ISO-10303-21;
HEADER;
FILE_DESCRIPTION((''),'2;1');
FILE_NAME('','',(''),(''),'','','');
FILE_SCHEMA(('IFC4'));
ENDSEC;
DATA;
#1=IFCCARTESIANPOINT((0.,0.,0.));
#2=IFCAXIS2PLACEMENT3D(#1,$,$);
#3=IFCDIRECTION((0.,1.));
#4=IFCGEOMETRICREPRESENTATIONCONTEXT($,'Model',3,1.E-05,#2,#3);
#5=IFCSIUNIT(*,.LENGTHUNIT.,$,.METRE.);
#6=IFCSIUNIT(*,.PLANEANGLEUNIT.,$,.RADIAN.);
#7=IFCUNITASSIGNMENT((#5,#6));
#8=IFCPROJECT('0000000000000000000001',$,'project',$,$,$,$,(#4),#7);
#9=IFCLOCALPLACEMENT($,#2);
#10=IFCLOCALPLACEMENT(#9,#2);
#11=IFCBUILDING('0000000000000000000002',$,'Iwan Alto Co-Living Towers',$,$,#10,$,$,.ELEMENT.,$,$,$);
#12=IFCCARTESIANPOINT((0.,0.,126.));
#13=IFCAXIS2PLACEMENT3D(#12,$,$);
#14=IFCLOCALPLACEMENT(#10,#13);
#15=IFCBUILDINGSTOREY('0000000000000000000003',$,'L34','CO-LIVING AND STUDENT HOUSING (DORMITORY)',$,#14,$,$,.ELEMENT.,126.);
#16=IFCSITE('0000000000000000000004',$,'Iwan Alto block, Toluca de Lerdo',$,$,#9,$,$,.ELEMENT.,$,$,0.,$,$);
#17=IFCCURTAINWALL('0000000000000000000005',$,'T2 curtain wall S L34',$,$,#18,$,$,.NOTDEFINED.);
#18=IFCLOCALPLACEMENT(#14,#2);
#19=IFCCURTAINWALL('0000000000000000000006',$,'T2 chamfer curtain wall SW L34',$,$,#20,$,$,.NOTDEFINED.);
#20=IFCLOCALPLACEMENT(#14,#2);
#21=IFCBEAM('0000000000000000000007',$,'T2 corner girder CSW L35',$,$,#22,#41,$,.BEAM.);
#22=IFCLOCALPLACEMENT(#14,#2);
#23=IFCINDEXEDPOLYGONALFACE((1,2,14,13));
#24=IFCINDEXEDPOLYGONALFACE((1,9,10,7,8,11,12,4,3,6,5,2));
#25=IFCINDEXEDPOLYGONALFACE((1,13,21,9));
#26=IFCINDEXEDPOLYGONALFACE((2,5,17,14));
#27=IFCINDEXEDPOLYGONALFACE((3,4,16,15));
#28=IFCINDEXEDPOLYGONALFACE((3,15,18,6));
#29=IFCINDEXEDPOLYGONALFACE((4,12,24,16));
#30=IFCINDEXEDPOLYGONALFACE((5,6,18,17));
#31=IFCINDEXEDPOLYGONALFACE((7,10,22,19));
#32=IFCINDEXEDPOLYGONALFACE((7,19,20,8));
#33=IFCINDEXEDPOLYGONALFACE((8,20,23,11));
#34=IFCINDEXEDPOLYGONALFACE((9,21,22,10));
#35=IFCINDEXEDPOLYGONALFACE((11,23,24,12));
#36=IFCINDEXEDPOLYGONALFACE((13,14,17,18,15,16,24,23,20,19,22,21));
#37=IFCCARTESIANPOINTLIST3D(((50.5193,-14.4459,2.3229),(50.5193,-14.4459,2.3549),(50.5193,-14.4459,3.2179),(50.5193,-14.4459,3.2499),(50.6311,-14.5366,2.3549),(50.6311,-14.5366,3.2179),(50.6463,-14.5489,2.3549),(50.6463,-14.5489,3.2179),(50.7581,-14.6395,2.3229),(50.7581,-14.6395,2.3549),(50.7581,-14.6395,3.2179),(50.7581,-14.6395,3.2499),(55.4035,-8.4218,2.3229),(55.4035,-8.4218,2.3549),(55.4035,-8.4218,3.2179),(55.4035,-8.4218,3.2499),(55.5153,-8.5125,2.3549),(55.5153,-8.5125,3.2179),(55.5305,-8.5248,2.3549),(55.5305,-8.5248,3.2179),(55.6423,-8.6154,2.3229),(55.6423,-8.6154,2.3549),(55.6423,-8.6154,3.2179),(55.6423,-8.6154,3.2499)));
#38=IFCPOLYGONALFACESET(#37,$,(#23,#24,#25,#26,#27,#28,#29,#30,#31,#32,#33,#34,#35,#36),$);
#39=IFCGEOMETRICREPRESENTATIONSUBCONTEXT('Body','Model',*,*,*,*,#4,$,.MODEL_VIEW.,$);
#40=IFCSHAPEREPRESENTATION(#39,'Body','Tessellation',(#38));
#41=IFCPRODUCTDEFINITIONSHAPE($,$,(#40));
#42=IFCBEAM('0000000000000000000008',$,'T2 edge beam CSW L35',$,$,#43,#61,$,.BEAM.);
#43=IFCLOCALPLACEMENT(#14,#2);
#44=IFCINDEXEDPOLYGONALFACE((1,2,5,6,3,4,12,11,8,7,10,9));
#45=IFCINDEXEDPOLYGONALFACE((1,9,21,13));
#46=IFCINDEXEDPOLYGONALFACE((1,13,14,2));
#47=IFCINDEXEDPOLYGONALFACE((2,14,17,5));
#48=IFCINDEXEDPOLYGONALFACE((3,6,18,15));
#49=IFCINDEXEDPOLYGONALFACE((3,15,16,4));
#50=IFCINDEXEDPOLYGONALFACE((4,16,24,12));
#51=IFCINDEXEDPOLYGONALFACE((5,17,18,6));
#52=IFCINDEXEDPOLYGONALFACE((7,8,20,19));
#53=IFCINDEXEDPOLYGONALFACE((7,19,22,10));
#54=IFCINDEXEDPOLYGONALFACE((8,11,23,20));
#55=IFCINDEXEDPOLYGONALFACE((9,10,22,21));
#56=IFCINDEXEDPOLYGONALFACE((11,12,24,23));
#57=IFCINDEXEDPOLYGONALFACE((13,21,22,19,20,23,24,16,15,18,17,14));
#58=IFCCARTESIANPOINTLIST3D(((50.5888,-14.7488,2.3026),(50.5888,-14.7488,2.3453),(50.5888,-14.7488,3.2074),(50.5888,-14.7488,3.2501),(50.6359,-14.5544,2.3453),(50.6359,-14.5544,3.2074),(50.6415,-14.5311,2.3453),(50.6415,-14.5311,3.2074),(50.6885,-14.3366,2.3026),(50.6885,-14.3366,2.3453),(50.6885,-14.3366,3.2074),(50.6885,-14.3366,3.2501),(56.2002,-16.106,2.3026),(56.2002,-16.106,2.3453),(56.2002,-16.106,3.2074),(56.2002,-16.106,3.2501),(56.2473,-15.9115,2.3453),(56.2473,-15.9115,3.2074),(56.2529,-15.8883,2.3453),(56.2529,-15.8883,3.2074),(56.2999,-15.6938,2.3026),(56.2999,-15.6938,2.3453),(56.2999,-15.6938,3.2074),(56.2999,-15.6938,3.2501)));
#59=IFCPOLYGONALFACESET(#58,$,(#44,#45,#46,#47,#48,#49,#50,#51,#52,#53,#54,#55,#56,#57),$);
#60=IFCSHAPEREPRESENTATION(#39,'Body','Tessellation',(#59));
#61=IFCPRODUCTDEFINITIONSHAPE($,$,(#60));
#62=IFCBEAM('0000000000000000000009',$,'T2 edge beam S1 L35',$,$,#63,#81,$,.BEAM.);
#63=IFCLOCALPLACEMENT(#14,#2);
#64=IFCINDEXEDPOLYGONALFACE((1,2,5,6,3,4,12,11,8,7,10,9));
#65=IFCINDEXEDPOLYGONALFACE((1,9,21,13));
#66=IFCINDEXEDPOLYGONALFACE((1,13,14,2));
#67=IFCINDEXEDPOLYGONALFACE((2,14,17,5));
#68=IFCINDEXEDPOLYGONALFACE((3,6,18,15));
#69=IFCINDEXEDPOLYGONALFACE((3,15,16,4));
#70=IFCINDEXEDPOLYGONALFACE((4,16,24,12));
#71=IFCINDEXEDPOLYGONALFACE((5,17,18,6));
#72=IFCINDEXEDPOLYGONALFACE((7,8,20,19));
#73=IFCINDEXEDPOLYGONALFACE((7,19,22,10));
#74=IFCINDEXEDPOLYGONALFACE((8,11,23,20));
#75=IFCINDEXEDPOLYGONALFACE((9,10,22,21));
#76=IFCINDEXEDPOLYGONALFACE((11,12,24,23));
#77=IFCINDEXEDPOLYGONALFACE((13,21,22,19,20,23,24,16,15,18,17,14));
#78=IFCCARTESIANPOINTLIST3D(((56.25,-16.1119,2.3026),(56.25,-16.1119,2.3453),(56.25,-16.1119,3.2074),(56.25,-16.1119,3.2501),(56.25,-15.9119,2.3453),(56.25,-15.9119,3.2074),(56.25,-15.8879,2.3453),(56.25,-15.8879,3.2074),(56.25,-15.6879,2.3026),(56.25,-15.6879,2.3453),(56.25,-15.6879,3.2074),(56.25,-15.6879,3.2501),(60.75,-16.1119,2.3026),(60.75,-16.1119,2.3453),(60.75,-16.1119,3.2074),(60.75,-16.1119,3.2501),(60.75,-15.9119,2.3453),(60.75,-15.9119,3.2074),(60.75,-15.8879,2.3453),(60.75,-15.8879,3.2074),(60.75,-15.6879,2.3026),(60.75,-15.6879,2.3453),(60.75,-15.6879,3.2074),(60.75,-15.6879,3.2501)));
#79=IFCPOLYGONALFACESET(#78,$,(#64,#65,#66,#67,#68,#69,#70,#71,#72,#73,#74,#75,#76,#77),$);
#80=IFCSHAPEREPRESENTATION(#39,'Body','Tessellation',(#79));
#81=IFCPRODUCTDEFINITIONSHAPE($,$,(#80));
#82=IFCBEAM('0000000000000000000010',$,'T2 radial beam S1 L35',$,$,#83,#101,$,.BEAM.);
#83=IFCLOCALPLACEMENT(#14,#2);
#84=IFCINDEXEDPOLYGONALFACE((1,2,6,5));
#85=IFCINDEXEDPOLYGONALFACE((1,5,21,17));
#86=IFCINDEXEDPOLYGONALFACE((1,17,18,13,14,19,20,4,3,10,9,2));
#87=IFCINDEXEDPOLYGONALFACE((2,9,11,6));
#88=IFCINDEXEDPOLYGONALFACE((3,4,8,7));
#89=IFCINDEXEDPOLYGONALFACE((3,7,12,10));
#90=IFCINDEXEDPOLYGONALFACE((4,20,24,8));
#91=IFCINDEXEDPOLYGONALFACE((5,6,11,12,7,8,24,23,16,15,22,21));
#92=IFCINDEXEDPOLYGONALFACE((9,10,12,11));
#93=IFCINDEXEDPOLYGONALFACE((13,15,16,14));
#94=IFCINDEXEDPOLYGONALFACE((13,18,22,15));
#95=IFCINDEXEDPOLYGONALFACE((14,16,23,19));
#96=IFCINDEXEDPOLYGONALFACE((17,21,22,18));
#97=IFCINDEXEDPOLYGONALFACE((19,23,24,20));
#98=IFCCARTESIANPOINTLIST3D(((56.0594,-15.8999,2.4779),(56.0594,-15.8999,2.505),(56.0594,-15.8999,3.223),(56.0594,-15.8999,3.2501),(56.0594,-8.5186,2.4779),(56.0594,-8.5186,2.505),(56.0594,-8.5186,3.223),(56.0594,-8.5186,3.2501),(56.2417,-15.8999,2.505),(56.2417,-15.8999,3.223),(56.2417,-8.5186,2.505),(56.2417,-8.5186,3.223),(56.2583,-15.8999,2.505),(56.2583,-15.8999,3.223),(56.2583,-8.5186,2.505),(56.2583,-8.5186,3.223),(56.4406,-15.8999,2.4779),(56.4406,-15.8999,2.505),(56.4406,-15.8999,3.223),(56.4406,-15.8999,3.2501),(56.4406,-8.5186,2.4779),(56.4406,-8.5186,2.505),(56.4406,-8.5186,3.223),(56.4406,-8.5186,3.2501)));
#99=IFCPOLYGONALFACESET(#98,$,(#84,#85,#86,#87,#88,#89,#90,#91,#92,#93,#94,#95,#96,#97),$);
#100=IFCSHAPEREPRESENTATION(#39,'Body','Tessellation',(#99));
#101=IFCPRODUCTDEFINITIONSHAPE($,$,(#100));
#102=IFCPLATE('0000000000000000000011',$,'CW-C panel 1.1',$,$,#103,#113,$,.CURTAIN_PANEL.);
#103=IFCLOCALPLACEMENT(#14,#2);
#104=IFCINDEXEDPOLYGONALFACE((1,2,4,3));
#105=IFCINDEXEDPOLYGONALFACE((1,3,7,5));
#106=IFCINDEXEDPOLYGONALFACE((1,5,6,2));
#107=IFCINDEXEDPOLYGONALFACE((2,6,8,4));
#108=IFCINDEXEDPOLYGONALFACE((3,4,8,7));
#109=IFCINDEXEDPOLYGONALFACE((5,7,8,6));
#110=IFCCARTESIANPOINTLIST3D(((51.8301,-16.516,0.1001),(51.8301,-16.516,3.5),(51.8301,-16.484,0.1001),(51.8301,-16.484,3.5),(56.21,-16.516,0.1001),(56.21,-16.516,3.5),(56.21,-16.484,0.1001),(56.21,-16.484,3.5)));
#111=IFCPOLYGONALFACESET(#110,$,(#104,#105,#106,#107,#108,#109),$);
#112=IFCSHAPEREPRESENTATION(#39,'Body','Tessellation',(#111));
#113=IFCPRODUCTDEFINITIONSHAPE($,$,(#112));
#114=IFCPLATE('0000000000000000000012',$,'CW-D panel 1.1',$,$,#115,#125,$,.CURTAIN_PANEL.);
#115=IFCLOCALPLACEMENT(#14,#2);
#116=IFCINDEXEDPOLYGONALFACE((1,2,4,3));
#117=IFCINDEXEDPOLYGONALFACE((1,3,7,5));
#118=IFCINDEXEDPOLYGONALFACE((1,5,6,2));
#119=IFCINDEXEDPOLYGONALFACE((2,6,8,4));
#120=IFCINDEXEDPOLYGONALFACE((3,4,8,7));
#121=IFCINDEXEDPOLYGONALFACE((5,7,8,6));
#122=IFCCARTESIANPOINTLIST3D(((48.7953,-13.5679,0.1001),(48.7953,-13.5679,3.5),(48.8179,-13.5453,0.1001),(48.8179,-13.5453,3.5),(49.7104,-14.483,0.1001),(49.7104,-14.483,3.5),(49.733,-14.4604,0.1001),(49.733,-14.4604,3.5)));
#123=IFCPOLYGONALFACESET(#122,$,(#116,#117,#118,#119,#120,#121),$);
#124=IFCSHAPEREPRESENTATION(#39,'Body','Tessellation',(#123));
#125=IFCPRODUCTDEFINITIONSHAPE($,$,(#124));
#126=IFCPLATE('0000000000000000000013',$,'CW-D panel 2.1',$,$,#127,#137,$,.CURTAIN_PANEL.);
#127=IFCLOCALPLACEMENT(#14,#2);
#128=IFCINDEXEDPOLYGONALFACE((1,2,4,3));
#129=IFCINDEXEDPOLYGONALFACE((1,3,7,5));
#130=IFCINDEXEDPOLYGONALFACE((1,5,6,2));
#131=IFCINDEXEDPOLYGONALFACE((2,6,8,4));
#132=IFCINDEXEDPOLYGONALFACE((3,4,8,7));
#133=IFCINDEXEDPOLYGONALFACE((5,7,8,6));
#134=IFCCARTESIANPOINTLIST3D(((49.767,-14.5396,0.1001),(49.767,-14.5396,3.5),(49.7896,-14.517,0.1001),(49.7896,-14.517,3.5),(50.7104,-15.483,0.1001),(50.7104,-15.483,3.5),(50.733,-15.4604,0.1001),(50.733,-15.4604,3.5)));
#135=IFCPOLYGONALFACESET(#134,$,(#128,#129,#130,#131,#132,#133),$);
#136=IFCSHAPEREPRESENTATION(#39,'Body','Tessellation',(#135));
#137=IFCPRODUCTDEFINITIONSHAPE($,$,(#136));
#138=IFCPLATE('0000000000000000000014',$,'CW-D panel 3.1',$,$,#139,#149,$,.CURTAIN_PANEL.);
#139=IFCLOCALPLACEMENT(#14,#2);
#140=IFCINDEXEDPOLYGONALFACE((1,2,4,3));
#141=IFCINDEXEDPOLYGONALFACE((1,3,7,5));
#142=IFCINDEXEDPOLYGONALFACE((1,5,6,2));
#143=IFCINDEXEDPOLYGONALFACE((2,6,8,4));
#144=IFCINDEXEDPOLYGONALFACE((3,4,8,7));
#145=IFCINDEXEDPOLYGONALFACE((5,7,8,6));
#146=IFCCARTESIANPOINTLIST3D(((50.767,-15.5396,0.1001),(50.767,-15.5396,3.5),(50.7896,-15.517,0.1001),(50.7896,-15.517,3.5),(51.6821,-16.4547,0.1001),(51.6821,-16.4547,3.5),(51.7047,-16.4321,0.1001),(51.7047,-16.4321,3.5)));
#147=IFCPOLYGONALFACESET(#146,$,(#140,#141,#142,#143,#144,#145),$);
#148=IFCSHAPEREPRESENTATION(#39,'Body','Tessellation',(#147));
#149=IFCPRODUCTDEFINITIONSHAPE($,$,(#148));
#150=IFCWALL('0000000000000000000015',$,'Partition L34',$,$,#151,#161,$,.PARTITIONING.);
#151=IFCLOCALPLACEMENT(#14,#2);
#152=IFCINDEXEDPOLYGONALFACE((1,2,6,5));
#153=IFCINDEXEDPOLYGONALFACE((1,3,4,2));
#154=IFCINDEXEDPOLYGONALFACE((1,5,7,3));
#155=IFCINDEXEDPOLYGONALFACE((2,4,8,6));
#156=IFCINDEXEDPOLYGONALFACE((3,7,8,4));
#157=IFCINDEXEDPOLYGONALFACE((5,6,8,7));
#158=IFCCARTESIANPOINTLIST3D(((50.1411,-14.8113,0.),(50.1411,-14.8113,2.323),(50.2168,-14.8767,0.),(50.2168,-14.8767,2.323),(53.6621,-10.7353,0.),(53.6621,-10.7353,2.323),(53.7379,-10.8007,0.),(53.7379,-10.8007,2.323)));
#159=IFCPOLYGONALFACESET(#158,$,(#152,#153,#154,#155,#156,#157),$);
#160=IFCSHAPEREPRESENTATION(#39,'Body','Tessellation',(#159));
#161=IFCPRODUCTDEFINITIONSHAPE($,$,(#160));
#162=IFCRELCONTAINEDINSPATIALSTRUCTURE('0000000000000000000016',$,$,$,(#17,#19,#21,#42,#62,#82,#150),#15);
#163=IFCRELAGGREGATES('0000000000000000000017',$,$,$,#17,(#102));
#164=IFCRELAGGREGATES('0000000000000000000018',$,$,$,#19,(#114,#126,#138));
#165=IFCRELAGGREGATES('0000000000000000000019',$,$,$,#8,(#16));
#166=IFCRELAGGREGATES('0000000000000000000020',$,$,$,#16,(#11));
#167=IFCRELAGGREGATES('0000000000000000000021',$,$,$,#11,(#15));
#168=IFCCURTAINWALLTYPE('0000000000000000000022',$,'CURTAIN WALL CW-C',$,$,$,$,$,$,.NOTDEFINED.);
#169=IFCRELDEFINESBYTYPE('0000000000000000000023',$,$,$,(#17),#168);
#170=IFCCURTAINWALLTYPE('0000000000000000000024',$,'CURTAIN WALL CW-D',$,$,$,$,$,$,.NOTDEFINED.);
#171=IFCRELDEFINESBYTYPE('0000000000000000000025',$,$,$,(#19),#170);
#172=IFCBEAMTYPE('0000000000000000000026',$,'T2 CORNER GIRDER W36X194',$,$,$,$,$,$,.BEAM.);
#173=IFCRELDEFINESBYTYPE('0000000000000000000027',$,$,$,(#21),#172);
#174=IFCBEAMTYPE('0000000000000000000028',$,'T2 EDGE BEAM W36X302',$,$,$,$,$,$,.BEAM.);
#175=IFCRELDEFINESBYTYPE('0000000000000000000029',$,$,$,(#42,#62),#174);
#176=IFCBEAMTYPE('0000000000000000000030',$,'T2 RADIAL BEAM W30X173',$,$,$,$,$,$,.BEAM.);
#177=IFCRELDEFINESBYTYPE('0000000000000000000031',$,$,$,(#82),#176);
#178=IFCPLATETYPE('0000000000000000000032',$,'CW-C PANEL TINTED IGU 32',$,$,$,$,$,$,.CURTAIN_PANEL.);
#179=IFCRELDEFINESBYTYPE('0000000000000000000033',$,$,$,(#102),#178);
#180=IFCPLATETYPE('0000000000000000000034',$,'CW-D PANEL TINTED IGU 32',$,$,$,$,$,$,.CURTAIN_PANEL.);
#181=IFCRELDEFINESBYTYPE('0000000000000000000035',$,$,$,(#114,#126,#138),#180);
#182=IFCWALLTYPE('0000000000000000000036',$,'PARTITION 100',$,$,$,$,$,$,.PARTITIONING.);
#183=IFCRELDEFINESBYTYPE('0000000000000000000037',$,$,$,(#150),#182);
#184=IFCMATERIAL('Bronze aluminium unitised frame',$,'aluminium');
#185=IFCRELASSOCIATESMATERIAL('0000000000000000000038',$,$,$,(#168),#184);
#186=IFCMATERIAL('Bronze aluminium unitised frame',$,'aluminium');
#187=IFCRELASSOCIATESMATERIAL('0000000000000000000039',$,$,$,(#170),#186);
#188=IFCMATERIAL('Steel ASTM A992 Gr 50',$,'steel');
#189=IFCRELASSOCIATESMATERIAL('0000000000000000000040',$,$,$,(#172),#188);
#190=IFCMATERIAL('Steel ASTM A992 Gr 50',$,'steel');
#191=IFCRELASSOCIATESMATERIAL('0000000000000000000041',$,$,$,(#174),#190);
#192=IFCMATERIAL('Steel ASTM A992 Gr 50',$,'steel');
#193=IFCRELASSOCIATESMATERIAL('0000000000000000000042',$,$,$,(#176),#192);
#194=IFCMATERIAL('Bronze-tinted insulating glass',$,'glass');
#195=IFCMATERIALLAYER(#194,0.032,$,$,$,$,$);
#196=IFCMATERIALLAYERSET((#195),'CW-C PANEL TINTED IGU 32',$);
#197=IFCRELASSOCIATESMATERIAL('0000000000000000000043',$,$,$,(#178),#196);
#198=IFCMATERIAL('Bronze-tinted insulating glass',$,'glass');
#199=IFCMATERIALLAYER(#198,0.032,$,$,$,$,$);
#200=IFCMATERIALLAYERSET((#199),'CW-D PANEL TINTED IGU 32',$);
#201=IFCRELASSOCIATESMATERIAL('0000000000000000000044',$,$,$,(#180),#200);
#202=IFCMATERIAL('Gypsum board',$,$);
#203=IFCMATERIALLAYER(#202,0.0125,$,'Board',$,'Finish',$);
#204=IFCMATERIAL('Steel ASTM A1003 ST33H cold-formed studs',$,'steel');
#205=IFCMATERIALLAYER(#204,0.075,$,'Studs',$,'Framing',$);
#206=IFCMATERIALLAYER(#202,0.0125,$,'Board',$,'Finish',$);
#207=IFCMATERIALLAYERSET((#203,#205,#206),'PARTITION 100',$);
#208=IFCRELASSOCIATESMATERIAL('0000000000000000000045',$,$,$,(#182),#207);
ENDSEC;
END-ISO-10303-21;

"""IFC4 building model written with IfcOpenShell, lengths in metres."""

from ifc_helpers import new_model, si_unit, direction, frame, frame_2d, origin, origin_2d, place, context, subcontext, project, spatial, rectangle, i_section, extrude, material, layer, layer_set, material_profile, profile_set, type_object, element, aggregate, save


model = new_model("IFC4")

# Units and contexts
model_context = context("Model", 3, precision=1e-05, world=origin(), true_north=direction((0.0, 1.0)))
body_context = subcontext(model_context, "Body", "Model", "MODEL_VIEW")
ifc_project = project(units=[si_unit("LENGTHUNIT", "METRE"), si_unit("PLANEANGLEUNIT", "RADIAN")], contexts=[model_context])

# Site, building, storey
site_placement = place(None, origin())
site = spatial("IfcSite", under=ifc_project, at=site_placement, Name="Iwan Alto block, Toluca de Lerdo", CompositionType="ELEMENT", RefElevation=0.0)
building_placement = place(site_placement, origin())
building = spatial("IfcBuilding", under=site, at=building_placement, Name="Iwan Alto Co-Living Towers", CompositionType="ELEMENT")
storey_placement = place(building_placement, frame((0.0, 0.0, 126.0)))
storey = spatial("IfcBuildingStorey", under=building, at=storey_placement, Name="L34", Description="CO-LIVING AND STUDENT HOUSING (DORMITORY)", CompositionType="ELEMENT", Elevation=126.0)

# Curtain walls
ifc_material_1 = material(Name="Bronze aluminium unitised frame", Category="aluminium")
curtain_wall_type_1 = type_object("IfcCurtainWallType", Name="CURTAIN WALL CW-C", PredefinedType="NOTDEFINED", material=ifc_material_1)
curtain_wall_1_placement = place(storey_placement, origin())
curtain_wall_1 = element("IfcCurtainWall", 1, at=curtain_wall_1_placement, inside=storey, type_object=curtain_wall_type_1, Name="T2 curtain wall S L34", PredefinedType="NOTDEFINED")
ifc_material_2 = material(Name="Bronze aluminium unitised frame", Category="aluminium")
curtain_wall_type_2 = type_object("IfcCurtainWallType", Name="CURTAIN WALL CW-D", PredefinedType="NOTDEFINED", material=ifc_material_2)
curtain_wall_2_placement = place(storey_placement, origin())
curtain_wall_2 = element("IfcCurtainWall", 2, at=curtain_wall_2_placement, inside=storey, type_object=curtain_wall_type_2, Name="T2 chamfer curtain wall SW L34", PredefinedType="NOTDEFINED")

# Beams
ifc_material_3 = material(Name="Steel ASTM A992 Gr 50", Category="steel")
ifc_material_profile_1 = material_profile(ifc_material_3, i_section(OverallWidth=0.3074, OverallDepth=0.927, WebThickness=0.0195, FlangeThickness=0.032, at=origin_2d()), Name="W36X194")
ifc_profile_set_1 = profile_set([ifc_material_profile_1], Name="Steel ASTM A992 Gr 50")
beam_type_1 = type_object("IfcBeamType", Name="T2 CORNER GIRDER W36X194", PredefinedType="BEAM", material=ifc_profile_set_1)
beam_1_placement = place(storey_placement, frame((50.6387, -14.5427, 2.7864), z_axis=(0.629788, 0.776767, 0.0), x_axis=(-0.776767, 0.629788, 0.0)))
element("IfcBeam", 3, at=beam_1_placement, inside=storey, type_object=beam_type_1, Name="T2 corner girder CSW L35", PredefinedType="BEAM", context=body_context, shape_type="SweptSolid", body=[
    extrude(i_section(OverallWidth=0.3074, OverallDepth=0.927, WebThickness=0.0195, FlangeThickness=0.032, at=origin_2d()), origin(), (0.0, 0.0, 1.0), 7.7554),
])
ifc_material_4 = material(Name="Steel ASTM A992 Gr 50", Category="steel")
ifc_material_profile_2 = material_profile(ifc_material_4, i_section(OverallWidth=0.4241, OverallDepth=0.9475, WebThickness=0.0239, FlangeThickness=0.0427, at=origin_2d()), Name="W36X302")
ifc_profile_set_2 = profile_set([ifc_material_profile_2], Name="Steel ASTM A992 Gr 50")
beam_type_2 = type_object("IfcBeamType", Name="T2 EDGE BEAM W36X302", PredefinedType="BEAM", material=ifc_profile_set_2)
beam_2_placement = place(storey_placement, frame((50.6387, -14.5427, 2.7764), z_axis=(0.971975, -0.235086, 0.0), x_axis=(0.235086, 0.971975, 0.0)))
element("IfcBeam", 4, at=beam_2_placement, inside=storey, type_object=beam_type_2, Name="T2 edge beam CSW L35", PredefinedType="BEAM", context=body_context, shape_type="SweptSolid", body=[
    extrude(i_section(OverallWidth=0.4241, OverallDepth=0.9475, WebThickness=0.0239, FlangeThickness=0.0427, at=origin_2d()), origin(), (0.0, 0.0, 1.0), 5.7732),
])
beam_3_placement = place(storey_placement, frame((56.25, -15.8999, 2.7764), z_axis=(1.0, 0.0, 0.0), x_axis=(0.0, 1.0, 0.0)))
element("IfcBeam", 5, at=beam_3_placement, inside=storey, type_object=beam_type_2, Name="T2 edge beam S1 L35", PredefinedType="BEAM", context=body_context, shape_type="SweptSolid", body=[
    extrude(i_section(OverallWidth=0.4241, OverallDepth=0.9475, WebThickness=0.0239, FlangeThickness=0.0427, at=origin_2d()), origin(), (0.0, 0.0, 1.0), 4.5),
])
ifc_material_5 = material(Name="Steel ASTM A992 Gr 50", Category="steel")
ifc_material_profile_3 = material_profile(ifc_material_5, i_section(OverallWidth=0.3811, OverallDepth=0.7722, WebThickness=0.0166, FlangeThickness=0.0271, at=origin_2d()), Name="W30X173")
ifc_profile_set_3 = profile_set([ifc_material_profile_3], Name="Steel ASTM A992 Gr 50")
beam_type_3 = type_object("IfcBeamType", Name="T2 RADIAL BEAM W30X173", PredefinedType="BEAM", material=ifc_profile_set_3)
beam_4_placement = place(storey_placement, frame((56.25, -15.8999, 2.864), z_axis=(0.0, 1.0, 0.0), x_axis=(-1.0, 0.0, 0.0)))
element("IfcBeam", 6, at=beam_4_placement, inside=storey, type_object=beam_type_3, Name="T2 radial beam S1 L35", PredefinedType="BEAM", context=body_context, shape_type="SweptSolid", body=[
    extrude(i_section(OverallWidth=0.3811, OverallDepth=0.7722, WebThickness=0.0166, FlangeThickness=0.0271, at=origin_2d()), origin(), (0.0, 0.0, 1.0), 7.3813),
])

# Plates
ifc_material_6 = material(Name="Bronze-tinted insulating glass", Category="glass")
ifc_layer_1 = layer(ifc_material_6, 0.032)
ifc_layer_set_1 = layer_set([ifc_layer_1], Name="CW-C PANEL TINTED IGU 32")
plate_type_1 = type_object("IfcPlateType", Name="CW-C PANEL TINTED IGU 32", PredefinedType="CURTAIN_PANEL", material=ifc_layer_set_1)
plate_1_placement = place(storey_placement, frame((54.02, -16.5, 0.1001), z_axis=(0.0, 0.0, 1.0), x_axis=(1.0, 0.0, 0.0)))
plate_1 = element("IfcPlate", 7, at=plate_1_placement, type_object=plate_type_1, Name="CW-C panel 1.1", PredefinedType="CURTAIN_PANEL", context=body_context, shape_type="SweptSolid", body=[
    extrude(rectangle(XDim=4.3799, YDim=0.032, at=origin_2d()), origin(), (0.0, 0.0, 1.0), 3.3999),
])
aggregate(curtain_wall_1, [plate_1])
ifc_material_7 = material(Name="Bronze-tinted insulating glass", Category="glass")
ifc_layer_2 = layer(ifc_material_7, 0.032)
ifc_layer_set_2 = layer_set([ifc_layer_2], Name="CW-D PANEL TINTED IGU 32")
plate_type_2 = type_object("IfcPlateType", Name="CW-D PANEL TINTED IGU 32", PredefinedType="CURTAIN_PANEL", material=ifc_layer_set_2)
plate_2_placement = place(storey_placement, frame((49.2642, -14.0142, 0.1001), z_axis=(0.0, 0.0, 1.0), x_axis=(0.707107, -0.707107, 0.0)))
plate_2 = element("IfcPlate", 8, at=plate_2_placement, type_object=plate_type_2, Name="CW-D panel 1.1", PredefinedType="CURTAIN_PANEL", context=body_context, shape_type="SweptSolid", body=[
    extrude(rectangle(XDim=1.2942, YDim=0.032, at=origin_2d()), origin(), (0.0, 0.0, 1.0), 3.3999),
])
plate_3_placement = place(storey_placement, frame((50.25, -15.0, 0.1001), z_axis=(0.0, 0.0, 1.0), x_axis=(0.707107, -0.707107, 0.0)))
plate_3 = element("IfcPlate", 9, at=plate_3_placement, type_object=plate_type_2, Name="CW-D panel 2.1", PredefinedType="CURTAIN_PANEL", context=body_context, shape_type="SweptSolid", body=[
    extrude(rectangle(XDim=1.3342, YDim=0.032, at=origin_2d()), origin(), (0.0, 0.0, 1.0), 3.3999),
])
plate_4_placement = place(storey_placement, frame((51.2358, -15.9858, 0.1001), z_axis=(0.0, 0.0, 1.0), x_axis=(0.707107, -0.707107, 0.0)))
plate_4 = element("IfcPlate", 10, at=plate_4_placement, type_object=plate_type_2, Name="CW-D panel 3.1", PredefinedType="CURTAIN_PANEL", context=body_context, shape_type="SweptSolid", body=[
    extrude(rectangle(XDim=1.2942, YDim=0.032, at=origin_2d()), origin(), (0.0, 0.0, 1.0), 3.3999),
])
aggregate(curtain_wall_2, [plate_2, plate_3, plate_4])

# Wall
ifc_material_8 = material(Name="Gypsum board")
ifc_layer_3 = layer(ifc_material_8, 0.0125, Name="Board", Category="Finish")
ifc_material_9 = material(Name="Steel ASTM A1003 ST33H cold-formed studs", Category="steel")
ifc_layer_4 = layer(ifc_material_9, 0.075, Name="Studs", Category="Framing")
ifc_layer_5 = layer(ifc_material_8, 0.0125, Name="Board", Category="Finish")
ifc_layer_set_3 = layer_set([ifc_layer_3, ifc_layer_4, ifc_layer_5], Name="PARTITION 100")
wall_type = type_object("IfcWallType", Name="PARTITION 100", PredefinedType="PARTITIONING", material=ifc_layer_set_3)
wall_placement = place(storey_placement, frame((50.179, -14.844, 0.0), z_axis=(0.0, 0.0, 1.0), x_axis=(0.653713, 0.756742, 0.0)))
element("IfcWall", 11, at=wall_placement, inside=storey, type_object=wall_type, Name="Partition L34", PredefinedType="PARTITIONING", context=body_context, shape_type="SweptSolid", body=[
    extrude(rectangle(XDim=5.3862, YDim=0.1001, at=frame_2d((2.6931, 0.0))), origin(), (0.0, 0.0, 1.0), 2.323),
])

save(model, "model.ifc")
